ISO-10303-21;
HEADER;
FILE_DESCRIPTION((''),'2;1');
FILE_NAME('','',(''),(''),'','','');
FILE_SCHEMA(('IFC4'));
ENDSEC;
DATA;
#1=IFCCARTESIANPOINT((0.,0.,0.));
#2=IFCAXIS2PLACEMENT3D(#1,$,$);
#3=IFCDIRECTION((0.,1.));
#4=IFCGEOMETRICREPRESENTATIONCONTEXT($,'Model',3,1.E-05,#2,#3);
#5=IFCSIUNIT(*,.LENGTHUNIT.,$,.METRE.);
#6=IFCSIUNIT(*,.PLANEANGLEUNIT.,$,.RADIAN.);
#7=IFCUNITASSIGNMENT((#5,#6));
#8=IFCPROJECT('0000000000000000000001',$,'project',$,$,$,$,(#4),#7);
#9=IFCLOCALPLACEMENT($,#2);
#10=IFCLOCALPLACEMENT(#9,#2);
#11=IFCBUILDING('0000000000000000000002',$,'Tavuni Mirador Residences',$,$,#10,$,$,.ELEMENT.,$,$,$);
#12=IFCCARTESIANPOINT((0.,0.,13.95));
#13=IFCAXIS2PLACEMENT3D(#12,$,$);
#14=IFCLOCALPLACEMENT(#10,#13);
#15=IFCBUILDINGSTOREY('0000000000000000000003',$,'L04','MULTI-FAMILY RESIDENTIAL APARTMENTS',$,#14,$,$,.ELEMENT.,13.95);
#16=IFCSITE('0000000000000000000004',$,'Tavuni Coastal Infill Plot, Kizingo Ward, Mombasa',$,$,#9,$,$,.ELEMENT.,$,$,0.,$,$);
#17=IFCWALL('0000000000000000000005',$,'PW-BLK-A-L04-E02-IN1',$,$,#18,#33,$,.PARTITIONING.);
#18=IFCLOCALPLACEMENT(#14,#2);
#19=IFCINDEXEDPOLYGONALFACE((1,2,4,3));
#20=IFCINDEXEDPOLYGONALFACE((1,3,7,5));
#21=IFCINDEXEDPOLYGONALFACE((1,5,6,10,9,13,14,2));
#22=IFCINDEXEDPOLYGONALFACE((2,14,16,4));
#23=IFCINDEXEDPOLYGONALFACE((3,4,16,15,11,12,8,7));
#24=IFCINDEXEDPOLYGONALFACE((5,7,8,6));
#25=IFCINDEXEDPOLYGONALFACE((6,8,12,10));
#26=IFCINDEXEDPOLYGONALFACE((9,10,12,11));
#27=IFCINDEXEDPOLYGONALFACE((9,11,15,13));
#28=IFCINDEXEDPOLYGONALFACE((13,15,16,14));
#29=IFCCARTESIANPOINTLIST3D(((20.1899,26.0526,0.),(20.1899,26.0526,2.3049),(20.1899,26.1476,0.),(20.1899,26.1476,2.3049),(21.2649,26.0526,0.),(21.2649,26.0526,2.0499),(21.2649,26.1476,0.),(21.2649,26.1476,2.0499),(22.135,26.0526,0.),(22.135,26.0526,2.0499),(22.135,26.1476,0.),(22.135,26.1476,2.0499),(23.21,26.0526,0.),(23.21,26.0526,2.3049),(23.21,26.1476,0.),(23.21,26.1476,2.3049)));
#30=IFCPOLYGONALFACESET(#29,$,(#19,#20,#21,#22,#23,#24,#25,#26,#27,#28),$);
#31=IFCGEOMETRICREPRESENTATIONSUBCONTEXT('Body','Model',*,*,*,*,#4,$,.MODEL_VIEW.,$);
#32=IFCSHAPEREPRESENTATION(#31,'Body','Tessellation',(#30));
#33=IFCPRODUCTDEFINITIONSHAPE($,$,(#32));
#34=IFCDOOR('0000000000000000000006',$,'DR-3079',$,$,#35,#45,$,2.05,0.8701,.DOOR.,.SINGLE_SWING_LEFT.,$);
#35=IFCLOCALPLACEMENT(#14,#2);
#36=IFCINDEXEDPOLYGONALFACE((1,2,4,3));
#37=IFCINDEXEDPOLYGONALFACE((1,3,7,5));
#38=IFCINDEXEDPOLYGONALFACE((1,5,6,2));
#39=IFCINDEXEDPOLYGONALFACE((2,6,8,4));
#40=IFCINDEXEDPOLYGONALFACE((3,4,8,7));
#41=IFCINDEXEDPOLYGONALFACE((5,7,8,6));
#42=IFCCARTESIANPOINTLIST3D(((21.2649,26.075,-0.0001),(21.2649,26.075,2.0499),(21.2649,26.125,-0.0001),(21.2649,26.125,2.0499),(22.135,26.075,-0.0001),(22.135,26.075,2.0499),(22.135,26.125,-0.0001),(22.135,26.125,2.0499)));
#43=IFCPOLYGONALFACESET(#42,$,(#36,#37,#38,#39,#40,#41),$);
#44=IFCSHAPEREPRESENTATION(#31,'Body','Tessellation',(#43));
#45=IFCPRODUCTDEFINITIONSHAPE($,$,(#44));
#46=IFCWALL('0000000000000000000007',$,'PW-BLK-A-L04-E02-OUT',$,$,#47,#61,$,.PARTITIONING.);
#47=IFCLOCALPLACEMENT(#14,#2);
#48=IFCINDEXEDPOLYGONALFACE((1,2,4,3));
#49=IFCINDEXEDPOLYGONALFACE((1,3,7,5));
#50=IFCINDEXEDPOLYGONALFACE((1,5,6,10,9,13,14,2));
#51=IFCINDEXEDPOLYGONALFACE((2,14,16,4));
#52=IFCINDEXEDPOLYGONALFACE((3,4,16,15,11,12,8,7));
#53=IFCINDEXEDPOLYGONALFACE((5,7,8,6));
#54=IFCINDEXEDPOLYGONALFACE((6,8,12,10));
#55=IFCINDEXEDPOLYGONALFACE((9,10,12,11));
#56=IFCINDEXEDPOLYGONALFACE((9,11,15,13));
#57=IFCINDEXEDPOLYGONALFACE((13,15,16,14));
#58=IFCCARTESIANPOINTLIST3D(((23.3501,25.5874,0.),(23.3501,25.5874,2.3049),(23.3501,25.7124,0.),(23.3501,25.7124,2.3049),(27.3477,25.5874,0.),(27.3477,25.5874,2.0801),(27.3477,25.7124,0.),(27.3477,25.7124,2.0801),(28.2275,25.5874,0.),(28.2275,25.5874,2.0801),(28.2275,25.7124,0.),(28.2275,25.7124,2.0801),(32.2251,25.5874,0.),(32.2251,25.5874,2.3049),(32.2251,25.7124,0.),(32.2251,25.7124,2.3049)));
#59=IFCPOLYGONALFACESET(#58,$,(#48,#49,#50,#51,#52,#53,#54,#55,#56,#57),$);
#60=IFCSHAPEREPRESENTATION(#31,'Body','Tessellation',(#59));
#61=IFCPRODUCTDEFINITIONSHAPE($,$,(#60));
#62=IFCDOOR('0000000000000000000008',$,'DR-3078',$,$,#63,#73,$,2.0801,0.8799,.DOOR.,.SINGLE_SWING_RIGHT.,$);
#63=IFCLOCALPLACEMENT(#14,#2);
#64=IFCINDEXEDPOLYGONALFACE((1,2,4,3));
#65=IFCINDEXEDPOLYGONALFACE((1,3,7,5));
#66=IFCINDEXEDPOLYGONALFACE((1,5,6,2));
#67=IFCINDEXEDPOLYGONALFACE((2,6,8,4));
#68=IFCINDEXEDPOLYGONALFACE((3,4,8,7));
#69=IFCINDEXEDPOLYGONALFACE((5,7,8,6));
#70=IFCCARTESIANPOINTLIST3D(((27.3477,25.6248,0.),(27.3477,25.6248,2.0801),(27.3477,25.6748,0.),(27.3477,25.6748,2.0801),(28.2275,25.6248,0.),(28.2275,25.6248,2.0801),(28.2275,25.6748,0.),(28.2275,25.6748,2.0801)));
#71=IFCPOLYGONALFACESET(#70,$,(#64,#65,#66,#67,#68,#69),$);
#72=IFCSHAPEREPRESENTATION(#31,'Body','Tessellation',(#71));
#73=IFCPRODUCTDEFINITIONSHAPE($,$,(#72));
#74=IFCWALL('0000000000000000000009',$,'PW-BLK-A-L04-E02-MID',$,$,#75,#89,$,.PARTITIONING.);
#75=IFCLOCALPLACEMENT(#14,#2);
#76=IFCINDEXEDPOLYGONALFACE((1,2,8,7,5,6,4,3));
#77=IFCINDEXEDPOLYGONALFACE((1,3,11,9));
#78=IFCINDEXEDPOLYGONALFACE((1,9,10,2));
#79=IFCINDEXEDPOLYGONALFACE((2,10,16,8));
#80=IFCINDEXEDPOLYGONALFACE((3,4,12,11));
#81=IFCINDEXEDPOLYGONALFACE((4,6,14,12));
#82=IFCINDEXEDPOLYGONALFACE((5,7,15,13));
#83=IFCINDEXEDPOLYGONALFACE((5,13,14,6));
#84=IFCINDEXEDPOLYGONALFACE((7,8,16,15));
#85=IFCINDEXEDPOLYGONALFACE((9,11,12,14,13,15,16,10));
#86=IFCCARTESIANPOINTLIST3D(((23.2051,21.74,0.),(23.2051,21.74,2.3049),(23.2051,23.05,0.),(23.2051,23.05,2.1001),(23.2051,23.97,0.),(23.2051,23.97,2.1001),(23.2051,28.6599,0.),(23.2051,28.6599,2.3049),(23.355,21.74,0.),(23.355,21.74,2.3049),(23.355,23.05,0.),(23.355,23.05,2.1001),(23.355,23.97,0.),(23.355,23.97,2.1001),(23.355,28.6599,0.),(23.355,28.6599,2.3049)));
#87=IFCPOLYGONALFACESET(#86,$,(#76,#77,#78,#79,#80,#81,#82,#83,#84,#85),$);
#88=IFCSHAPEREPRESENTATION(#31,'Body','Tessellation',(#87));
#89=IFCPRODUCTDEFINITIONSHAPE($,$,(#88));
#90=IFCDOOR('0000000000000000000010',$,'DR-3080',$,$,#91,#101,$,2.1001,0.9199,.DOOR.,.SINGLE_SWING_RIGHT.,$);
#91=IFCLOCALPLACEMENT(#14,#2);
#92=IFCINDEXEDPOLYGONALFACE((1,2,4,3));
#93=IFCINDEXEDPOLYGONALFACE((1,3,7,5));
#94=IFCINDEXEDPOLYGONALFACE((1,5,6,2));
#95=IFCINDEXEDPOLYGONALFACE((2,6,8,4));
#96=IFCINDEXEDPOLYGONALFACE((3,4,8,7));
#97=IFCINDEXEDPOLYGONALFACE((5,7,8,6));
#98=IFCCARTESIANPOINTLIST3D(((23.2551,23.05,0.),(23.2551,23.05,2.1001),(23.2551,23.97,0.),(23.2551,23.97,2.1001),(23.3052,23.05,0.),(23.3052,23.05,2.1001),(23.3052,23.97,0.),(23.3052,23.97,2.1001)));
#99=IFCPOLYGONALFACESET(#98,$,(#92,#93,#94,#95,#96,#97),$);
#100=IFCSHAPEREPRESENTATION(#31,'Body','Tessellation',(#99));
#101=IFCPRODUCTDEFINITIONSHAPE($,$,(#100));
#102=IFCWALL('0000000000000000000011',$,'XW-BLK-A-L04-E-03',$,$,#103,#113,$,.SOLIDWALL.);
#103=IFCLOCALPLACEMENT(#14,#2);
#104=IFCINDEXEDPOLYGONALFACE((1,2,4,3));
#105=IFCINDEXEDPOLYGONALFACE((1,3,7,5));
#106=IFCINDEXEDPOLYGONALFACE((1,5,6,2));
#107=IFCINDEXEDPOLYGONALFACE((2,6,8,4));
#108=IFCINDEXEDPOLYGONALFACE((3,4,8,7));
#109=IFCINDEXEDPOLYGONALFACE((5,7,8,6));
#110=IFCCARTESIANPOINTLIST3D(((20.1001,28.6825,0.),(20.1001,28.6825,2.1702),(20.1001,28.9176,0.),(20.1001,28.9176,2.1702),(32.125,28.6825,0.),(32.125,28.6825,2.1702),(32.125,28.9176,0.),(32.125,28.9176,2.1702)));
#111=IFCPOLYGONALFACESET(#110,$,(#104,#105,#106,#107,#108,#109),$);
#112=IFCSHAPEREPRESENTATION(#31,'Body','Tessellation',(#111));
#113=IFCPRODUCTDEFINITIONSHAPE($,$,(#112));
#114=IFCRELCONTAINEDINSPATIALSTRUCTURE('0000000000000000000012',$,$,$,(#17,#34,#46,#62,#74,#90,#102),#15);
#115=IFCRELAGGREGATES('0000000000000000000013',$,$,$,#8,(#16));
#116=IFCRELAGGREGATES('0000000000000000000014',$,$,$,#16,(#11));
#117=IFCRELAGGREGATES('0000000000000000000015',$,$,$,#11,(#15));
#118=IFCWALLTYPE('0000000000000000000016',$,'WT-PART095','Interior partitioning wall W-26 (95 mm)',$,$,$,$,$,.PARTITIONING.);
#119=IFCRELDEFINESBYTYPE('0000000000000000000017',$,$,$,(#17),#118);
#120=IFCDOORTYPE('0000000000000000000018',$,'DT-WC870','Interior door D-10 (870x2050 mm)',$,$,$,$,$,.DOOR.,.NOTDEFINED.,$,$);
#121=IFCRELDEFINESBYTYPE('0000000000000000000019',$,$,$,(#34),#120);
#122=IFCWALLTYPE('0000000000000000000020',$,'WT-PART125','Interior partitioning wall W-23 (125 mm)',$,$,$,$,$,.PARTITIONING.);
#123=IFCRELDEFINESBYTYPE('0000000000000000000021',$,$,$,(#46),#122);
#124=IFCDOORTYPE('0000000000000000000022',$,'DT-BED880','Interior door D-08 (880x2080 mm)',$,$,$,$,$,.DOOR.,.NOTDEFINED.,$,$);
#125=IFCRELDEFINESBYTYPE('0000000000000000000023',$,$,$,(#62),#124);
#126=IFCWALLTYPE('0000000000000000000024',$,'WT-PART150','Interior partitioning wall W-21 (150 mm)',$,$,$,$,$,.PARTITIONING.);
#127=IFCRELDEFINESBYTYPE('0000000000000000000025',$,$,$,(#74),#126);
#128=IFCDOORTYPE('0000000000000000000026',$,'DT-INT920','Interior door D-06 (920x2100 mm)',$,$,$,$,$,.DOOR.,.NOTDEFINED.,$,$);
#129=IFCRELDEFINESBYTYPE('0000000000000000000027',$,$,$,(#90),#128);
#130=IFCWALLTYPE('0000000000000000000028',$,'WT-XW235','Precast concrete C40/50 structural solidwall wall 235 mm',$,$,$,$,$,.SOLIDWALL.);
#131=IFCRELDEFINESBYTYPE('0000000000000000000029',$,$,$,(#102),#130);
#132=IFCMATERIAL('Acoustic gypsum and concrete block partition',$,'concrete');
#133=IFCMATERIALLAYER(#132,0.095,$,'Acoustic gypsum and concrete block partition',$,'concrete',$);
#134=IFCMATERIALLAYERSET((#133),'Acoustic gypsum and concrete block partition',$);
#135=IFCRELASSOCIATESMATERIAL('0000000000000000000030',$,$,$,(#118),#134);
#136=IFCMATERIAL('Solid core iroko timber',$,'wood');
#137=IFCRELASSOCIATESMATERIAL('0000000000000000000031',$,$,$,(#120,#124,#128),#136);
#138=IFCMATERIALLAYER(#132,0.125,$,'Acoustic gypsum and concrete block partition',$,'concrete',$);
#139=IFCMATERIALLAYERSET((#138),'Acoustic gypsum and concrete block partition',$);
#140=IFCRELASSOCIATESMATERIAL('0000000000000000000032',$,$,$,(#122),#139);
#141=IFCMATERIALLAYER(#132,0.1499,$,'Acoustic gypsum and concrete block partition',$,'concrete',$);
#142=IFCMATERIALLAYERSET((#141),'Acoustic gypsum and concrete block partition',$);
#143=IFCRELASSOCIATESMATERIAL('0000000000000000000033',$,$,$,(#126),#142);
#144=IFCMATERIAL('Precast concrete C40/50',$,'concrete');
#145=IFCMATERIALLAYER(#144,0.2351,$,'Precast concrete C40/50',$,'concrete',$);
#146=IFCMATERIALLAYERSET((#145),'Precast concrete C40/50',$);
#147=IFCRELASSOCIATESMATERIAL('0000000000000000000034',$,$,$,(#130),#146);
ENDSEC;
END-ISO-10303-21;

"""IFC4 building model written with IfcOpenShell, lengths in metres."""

from ifc_helpers import new_model, si_unit, direction, frame, frame_2d, origin, place, context, subcontext, project, spatial, rectangle, extrude, material, layer, layer_set, type_object, element, fill, save


model = new_model("IFC4")

# Units and contexts
model_context = context("Model", 3, precision=1e-05, world=origin(), true_north=direction((0.0, 1.0)))
body_context = subcontext(model_context, "Body", "Model", "MODEL_VIEW")
ifc_project = project(units=[si_unit("LENGTHUNIT", "METRE"), si_unit("PLANEANGLEUNIT", "RADIAN")], contexts=[model_context])

# Site, building, storey
site_placement = place(None, origin())
site = spatial("IfcSite", under=ifc_project, at=site_placement, Name="Tavuni Coastal Infill Plot, Kizingo Ward, Mombasa", CompositionType="ELEMENT", RefElevation=0.0)
building_placement = place(site_placement, origin())
building = spatial("IfcBuilding", under=site, at=building_placement, Name="Tavuni Mirador Residences", CompositionType="ELEMENT")
storey_placement = place(building_placement, frame((0.0, 0.0, 13.95)))
storey = spatial("IfcBuildingStorey", under=building, at=storey_placement, Name="L04", Description="MULTI-FAMILY RESIDENTIAL APARTMENTS", CompositionType="ELEMENT", Elevation=13.95)

# Shared definitions
ifc_material_1 = material(Name="Precast concrete C40/50", Category="concrete")

# Shared definitions
ifc_material_2 = material(Name="Solid core iroko timber", Category="wood")

# Walls, openings, doors
ifc_material_3 = material(Name="Acoustic gypsum and concrete block partition", Category="concrete")
ifc_layer_1 = layer(ifc_material_3, 0.095, Name="Acoustic gypsum and concrete block partition", Category="concrete")
ifc_layer_set_1 = layer_set([ifc_layer_1], Name="Acoustic gypsum and concrete block partition")
wall_type_1 = type_object("IfcWallType", Name="WT-PART095", Description="Interior partitioning wall W-26 (95 mm)", PredefinedType="PARTITIONING", material=ifc_layer_set_1)
wall_1_placement = place(storey_placement, frame((20.1899, 26.1001, 0.0), z_axis=(0.0, 0.0, 1.0), x_axis=(1.0, 0.0, 0.0)))
wall_1 = element("IfcWall", 1, at=wall_1_placement, inside=storey, type_object=wall_type_1, Name="PW-BLK-A-L04-E02-IN1", PredefinedType="PARTITIONING", context=body_context, shape_type="SweptSolid", body=[
    extrude(rectangle(XDim=3.02, YDim=0.095, at=frame_2d((1.51, 0.0))), origin(), (0.0, 0.0, 1.0), 2.3049),
])
opening_1_placement = place(wall_1_placement, frame((1.075, 0.0, 0.0)))
opening_1 = element("IfcOpeningElement", 2, at=opening_1_placement, cuts=wall_1, PredefinedType="OPENING", context=body_context, shape_type="SweptSolid", body=[
    extrude(rectangle(XDim=0.8701, YDim=2.05, at=frame_2d((0.4351, 1.0249))), frame((0.0, 0.0576, 0.0), z_axis=(0.0, -1.0, 0.0), x_axis=(1.0, 0.0, 0.0)), (0.0, 0.0, 1.0), 0.115),
])
door_type_1 = type_object("IfcDoorType", Name="DT-WC870", Description="Interior door D-10 (870x2050 mm)", OperationType="NOTDEFINED", PredefinedType="DOOR", material=ifc_material_2)
door_1_placement = place(opening_1_placement, origin())
door_1 = element("IfcDoor", 3, at=door_1_placement, inside=storey, type_object=door_type_1, Name="DR-3079", OperationType="SINGLE_SWING_LEFT", OverallHeight=2.05, OverallWidth=0.8701, PredefinedType="DOOR", context=body_context, shape_type="SweptSolid", body=[
    extrude(rectangle(XDim=0.8701, YDim=2.05, at=frame_2d((0.4351, 1.0249))), frame((0.0, 0.0249, 0.0), z_axis=(0.0, -1.0, 0.0), x_axis=(1.0, 0.0, 0.0)), (0.0, 0.0, 1.0), 0.05),
])
fill(opening_1, door_1)
ifc_layer_2 = layer(ifc_material_3, 0.125, Name="Acoustic gypsum and concrete block partition", Category="concrete")
ifc_layer_set_2 = layer_set([ifc_layer_2], Name="Acoustic gypsum and concrete block partition")
wall_type_2 = type_object("IfcWallType", Name="WT-PART125", Description="Interior partitioning wall W-23 (125 mm)", PredefinedType="PARTITIONING", material=ifc_layer_set_2)
wall_2_placement = place(storey_placement, frame((23.3501, 25.6499, 0.0), z_axis=(0.0, 0.0, 1.0), x_axis=(1.0, 0.0, 0.0)))
wall_2 = element("IfcWall", 4, at=wall_2_placement, inside=storey, type_object=wall_type_2, Name="PW-BLK-A-L04-E02-OUT", PredefinedType="PARTITIONING", context=body_context, shape_type="SweptSolid", body=[
    extrude(rectangle(XDim=8.875, YDim=0.125, at=frame_2d((4.4375, 0.0))), origin(), (0.0, 0.0, 1.0), 2.3049),
])
opening_2_placement = place(wall_2_placement, frame((3.9976, 0.0, 0.0)))
opening_2 = element("IfcOpeningElement", 5, at=opening_2_placement, cuts=wall_2, PredefinedType="OPENING", context=body_context, shape_type="SweptSolid", body=[
    extrude(rectangle(XDim=0.8799, YDim=2.0801, at=frame_2d((0.4399, 1.04))), frame((0.0, 0.0725, 0.0), z_axis=(0.0, -1.0, 0.0), x_axis=(1.0, 0.0, 0.0)), (0.0, 0.0, 1.0), 0.145),
])
door_type_2 = type_object("IfcDoorType", Name="DT-BED880", Description="Interior door D-08 (880x2080 mm)", OperationType="NOTDEFINED", PredefinedType="DOOR", material=ifc_material_2)
door_2_placement = place(opening_2_placement, origin())
door_2 = element("IfcDoor", 6, at=door_2_placement, inside=storey, type_object=door_type_2, Name="DR-3078", OperationType="SINGLE_SWING_RIGHT", OverallHeight=2.0801, OverallWidth=0.8799, PredefinedType="DOOR", context=body_context, shape_type="SweptSolid", body=[
    extrude(rectangle(XDim=0.8799, YDim=2.0801, at=frame_2d((0.4399, 1.04))), frame((0.0, 0.0249, 0.0), z_axis=(0.0, -1.0, 0.0), x_axis=(1.0, 0.0, 0.0)), (0.0, 0.0, 1.0), 0.05),
])
fill(opening_2, door_2)
ifc_layer_3 = layer(ifc_material_3, 0.1499, Name="Acoustic gypsum and concrete block partition", Category="concrete")
ifc_layer_set_3 = layer_set([ifc_layer_3], Name="Acoustic gypsum and concrete block partition")
wall_type_3 = type_object("IfcWallType", Name="WT-PART150", Description="Interior partitioning wall W-21 (150 mm)", PredefinedType="PARTITIONING", material=ifc_layer_set_3)
wall_3_placement = place(storey_placement, frame((23.28, 21.74, 0.0), z_axis=(0.0, 0.0, 1.0), x_axis=(0.0, 1.0, 0.0)))
wall_3 = element("IfcWall", 7, at=wall_3_placement, inside=storey, type_object=wall_type_3, Name="PW-BLK-A-L04-E02-MID", PredefinedType="PARTITIONING", context=body_context, shape_type="SweptSolid", body=[
    extrude(rectangle(XDim=6.9199, YDim=0.1499, at=frame_2d((3.46, 0.0))), origin(), (0.0, 0.0, 1.0), 2.3049),
])
opening_3_placement = place(wall_3_placement, frame((1.3101, 0.0, 0.0)))
opening_3 = element("IfcOpeningElement", 8, at=opening_3_placement, cuts=wall_3, PredefinedType="OPENING", context=body_context, shape_type="SweptSolid", body=[
    extrude(rectangle(XDim=0.9199, YDim=2.1001, at=frame_2d((0.46, 1.05))), frame((0.0, 0.085, 0.0), z_axis=(0.0, -1.0, 0.0), x_axis=(1.0, 0.0, 0.0)), (0.0, 0.0, 1.0), 0.1699),
])
door_type_3 = type_object("IfcDoorType", Name="DT-INT920", Description="Interior door D-06 (920x2100 mm)", OperationType="NOTDEFINED", PredefinedType="DOOR", material=ifc_material_2)
door_3_placement = place(opening_3_placement, origin())
door_3 = element("IfcDoor", 9, at=door_3_placement, inside=storey, type_object=door_type_3, Name="DR-3080", OperationType="SINGLE_SWING_RIGHT", OverallHeight=2.1001, OverallWidth=0.9199, PredefinedType="DOOR", context=body_context, shape_type="SweptSolid", body=[
    extrude(rectangle(XDim=0.9199, YDim=2.1001, at=frame_2d((0.46, 1.05))), frame((0.0, 0.0249, 0.0), z_axis=(0.0, -1.0, 0.0), x_axis=(1.0, 0.0, 0.0)), (0.0, 0.0, 1.0), 0.05),
])
fill(opening_3, door_3)

# Wall
ifc_layer_4 = layer(ifc_material_1, 0.2351, Name="Precast concrete C40/50", Category="concrete")
ifc_layer_set_4 = layer_set([ifc_layer_4], Name="Precast concrete C40/50")
wall_type_4 = type_object("IfcWallType", Name="WT-XW235", Description="Precast concrete C40/50 structural solidwall wall 235 mm", PredefinedType="SOLIDWALL", material=ifc_layer_set_4)
wall_4_placement = place(storey_placement, frame((20.1001, 28.8, 0.0), z_axis=(0.0, 0.0, 1.0), x_axis=(1.0, 0.0, 0.0)))
element("IfcWall", 10, at=wall_4_placement, inside=storey, type_object=wall_type_4, Name="XW-BLK-A-L04-E-03", PredefinedType="SOLIDWALL", context=body_context, shape_type="SweptSolid", body=[
    extrude(rectangle(XDim=12.0249, YDim=0.2351, at=frame_2d((6.0125, 0.0))), origin(), (0.0, 0.0, 1.0), 2.1702),
])

save(model, "model.ifc")
